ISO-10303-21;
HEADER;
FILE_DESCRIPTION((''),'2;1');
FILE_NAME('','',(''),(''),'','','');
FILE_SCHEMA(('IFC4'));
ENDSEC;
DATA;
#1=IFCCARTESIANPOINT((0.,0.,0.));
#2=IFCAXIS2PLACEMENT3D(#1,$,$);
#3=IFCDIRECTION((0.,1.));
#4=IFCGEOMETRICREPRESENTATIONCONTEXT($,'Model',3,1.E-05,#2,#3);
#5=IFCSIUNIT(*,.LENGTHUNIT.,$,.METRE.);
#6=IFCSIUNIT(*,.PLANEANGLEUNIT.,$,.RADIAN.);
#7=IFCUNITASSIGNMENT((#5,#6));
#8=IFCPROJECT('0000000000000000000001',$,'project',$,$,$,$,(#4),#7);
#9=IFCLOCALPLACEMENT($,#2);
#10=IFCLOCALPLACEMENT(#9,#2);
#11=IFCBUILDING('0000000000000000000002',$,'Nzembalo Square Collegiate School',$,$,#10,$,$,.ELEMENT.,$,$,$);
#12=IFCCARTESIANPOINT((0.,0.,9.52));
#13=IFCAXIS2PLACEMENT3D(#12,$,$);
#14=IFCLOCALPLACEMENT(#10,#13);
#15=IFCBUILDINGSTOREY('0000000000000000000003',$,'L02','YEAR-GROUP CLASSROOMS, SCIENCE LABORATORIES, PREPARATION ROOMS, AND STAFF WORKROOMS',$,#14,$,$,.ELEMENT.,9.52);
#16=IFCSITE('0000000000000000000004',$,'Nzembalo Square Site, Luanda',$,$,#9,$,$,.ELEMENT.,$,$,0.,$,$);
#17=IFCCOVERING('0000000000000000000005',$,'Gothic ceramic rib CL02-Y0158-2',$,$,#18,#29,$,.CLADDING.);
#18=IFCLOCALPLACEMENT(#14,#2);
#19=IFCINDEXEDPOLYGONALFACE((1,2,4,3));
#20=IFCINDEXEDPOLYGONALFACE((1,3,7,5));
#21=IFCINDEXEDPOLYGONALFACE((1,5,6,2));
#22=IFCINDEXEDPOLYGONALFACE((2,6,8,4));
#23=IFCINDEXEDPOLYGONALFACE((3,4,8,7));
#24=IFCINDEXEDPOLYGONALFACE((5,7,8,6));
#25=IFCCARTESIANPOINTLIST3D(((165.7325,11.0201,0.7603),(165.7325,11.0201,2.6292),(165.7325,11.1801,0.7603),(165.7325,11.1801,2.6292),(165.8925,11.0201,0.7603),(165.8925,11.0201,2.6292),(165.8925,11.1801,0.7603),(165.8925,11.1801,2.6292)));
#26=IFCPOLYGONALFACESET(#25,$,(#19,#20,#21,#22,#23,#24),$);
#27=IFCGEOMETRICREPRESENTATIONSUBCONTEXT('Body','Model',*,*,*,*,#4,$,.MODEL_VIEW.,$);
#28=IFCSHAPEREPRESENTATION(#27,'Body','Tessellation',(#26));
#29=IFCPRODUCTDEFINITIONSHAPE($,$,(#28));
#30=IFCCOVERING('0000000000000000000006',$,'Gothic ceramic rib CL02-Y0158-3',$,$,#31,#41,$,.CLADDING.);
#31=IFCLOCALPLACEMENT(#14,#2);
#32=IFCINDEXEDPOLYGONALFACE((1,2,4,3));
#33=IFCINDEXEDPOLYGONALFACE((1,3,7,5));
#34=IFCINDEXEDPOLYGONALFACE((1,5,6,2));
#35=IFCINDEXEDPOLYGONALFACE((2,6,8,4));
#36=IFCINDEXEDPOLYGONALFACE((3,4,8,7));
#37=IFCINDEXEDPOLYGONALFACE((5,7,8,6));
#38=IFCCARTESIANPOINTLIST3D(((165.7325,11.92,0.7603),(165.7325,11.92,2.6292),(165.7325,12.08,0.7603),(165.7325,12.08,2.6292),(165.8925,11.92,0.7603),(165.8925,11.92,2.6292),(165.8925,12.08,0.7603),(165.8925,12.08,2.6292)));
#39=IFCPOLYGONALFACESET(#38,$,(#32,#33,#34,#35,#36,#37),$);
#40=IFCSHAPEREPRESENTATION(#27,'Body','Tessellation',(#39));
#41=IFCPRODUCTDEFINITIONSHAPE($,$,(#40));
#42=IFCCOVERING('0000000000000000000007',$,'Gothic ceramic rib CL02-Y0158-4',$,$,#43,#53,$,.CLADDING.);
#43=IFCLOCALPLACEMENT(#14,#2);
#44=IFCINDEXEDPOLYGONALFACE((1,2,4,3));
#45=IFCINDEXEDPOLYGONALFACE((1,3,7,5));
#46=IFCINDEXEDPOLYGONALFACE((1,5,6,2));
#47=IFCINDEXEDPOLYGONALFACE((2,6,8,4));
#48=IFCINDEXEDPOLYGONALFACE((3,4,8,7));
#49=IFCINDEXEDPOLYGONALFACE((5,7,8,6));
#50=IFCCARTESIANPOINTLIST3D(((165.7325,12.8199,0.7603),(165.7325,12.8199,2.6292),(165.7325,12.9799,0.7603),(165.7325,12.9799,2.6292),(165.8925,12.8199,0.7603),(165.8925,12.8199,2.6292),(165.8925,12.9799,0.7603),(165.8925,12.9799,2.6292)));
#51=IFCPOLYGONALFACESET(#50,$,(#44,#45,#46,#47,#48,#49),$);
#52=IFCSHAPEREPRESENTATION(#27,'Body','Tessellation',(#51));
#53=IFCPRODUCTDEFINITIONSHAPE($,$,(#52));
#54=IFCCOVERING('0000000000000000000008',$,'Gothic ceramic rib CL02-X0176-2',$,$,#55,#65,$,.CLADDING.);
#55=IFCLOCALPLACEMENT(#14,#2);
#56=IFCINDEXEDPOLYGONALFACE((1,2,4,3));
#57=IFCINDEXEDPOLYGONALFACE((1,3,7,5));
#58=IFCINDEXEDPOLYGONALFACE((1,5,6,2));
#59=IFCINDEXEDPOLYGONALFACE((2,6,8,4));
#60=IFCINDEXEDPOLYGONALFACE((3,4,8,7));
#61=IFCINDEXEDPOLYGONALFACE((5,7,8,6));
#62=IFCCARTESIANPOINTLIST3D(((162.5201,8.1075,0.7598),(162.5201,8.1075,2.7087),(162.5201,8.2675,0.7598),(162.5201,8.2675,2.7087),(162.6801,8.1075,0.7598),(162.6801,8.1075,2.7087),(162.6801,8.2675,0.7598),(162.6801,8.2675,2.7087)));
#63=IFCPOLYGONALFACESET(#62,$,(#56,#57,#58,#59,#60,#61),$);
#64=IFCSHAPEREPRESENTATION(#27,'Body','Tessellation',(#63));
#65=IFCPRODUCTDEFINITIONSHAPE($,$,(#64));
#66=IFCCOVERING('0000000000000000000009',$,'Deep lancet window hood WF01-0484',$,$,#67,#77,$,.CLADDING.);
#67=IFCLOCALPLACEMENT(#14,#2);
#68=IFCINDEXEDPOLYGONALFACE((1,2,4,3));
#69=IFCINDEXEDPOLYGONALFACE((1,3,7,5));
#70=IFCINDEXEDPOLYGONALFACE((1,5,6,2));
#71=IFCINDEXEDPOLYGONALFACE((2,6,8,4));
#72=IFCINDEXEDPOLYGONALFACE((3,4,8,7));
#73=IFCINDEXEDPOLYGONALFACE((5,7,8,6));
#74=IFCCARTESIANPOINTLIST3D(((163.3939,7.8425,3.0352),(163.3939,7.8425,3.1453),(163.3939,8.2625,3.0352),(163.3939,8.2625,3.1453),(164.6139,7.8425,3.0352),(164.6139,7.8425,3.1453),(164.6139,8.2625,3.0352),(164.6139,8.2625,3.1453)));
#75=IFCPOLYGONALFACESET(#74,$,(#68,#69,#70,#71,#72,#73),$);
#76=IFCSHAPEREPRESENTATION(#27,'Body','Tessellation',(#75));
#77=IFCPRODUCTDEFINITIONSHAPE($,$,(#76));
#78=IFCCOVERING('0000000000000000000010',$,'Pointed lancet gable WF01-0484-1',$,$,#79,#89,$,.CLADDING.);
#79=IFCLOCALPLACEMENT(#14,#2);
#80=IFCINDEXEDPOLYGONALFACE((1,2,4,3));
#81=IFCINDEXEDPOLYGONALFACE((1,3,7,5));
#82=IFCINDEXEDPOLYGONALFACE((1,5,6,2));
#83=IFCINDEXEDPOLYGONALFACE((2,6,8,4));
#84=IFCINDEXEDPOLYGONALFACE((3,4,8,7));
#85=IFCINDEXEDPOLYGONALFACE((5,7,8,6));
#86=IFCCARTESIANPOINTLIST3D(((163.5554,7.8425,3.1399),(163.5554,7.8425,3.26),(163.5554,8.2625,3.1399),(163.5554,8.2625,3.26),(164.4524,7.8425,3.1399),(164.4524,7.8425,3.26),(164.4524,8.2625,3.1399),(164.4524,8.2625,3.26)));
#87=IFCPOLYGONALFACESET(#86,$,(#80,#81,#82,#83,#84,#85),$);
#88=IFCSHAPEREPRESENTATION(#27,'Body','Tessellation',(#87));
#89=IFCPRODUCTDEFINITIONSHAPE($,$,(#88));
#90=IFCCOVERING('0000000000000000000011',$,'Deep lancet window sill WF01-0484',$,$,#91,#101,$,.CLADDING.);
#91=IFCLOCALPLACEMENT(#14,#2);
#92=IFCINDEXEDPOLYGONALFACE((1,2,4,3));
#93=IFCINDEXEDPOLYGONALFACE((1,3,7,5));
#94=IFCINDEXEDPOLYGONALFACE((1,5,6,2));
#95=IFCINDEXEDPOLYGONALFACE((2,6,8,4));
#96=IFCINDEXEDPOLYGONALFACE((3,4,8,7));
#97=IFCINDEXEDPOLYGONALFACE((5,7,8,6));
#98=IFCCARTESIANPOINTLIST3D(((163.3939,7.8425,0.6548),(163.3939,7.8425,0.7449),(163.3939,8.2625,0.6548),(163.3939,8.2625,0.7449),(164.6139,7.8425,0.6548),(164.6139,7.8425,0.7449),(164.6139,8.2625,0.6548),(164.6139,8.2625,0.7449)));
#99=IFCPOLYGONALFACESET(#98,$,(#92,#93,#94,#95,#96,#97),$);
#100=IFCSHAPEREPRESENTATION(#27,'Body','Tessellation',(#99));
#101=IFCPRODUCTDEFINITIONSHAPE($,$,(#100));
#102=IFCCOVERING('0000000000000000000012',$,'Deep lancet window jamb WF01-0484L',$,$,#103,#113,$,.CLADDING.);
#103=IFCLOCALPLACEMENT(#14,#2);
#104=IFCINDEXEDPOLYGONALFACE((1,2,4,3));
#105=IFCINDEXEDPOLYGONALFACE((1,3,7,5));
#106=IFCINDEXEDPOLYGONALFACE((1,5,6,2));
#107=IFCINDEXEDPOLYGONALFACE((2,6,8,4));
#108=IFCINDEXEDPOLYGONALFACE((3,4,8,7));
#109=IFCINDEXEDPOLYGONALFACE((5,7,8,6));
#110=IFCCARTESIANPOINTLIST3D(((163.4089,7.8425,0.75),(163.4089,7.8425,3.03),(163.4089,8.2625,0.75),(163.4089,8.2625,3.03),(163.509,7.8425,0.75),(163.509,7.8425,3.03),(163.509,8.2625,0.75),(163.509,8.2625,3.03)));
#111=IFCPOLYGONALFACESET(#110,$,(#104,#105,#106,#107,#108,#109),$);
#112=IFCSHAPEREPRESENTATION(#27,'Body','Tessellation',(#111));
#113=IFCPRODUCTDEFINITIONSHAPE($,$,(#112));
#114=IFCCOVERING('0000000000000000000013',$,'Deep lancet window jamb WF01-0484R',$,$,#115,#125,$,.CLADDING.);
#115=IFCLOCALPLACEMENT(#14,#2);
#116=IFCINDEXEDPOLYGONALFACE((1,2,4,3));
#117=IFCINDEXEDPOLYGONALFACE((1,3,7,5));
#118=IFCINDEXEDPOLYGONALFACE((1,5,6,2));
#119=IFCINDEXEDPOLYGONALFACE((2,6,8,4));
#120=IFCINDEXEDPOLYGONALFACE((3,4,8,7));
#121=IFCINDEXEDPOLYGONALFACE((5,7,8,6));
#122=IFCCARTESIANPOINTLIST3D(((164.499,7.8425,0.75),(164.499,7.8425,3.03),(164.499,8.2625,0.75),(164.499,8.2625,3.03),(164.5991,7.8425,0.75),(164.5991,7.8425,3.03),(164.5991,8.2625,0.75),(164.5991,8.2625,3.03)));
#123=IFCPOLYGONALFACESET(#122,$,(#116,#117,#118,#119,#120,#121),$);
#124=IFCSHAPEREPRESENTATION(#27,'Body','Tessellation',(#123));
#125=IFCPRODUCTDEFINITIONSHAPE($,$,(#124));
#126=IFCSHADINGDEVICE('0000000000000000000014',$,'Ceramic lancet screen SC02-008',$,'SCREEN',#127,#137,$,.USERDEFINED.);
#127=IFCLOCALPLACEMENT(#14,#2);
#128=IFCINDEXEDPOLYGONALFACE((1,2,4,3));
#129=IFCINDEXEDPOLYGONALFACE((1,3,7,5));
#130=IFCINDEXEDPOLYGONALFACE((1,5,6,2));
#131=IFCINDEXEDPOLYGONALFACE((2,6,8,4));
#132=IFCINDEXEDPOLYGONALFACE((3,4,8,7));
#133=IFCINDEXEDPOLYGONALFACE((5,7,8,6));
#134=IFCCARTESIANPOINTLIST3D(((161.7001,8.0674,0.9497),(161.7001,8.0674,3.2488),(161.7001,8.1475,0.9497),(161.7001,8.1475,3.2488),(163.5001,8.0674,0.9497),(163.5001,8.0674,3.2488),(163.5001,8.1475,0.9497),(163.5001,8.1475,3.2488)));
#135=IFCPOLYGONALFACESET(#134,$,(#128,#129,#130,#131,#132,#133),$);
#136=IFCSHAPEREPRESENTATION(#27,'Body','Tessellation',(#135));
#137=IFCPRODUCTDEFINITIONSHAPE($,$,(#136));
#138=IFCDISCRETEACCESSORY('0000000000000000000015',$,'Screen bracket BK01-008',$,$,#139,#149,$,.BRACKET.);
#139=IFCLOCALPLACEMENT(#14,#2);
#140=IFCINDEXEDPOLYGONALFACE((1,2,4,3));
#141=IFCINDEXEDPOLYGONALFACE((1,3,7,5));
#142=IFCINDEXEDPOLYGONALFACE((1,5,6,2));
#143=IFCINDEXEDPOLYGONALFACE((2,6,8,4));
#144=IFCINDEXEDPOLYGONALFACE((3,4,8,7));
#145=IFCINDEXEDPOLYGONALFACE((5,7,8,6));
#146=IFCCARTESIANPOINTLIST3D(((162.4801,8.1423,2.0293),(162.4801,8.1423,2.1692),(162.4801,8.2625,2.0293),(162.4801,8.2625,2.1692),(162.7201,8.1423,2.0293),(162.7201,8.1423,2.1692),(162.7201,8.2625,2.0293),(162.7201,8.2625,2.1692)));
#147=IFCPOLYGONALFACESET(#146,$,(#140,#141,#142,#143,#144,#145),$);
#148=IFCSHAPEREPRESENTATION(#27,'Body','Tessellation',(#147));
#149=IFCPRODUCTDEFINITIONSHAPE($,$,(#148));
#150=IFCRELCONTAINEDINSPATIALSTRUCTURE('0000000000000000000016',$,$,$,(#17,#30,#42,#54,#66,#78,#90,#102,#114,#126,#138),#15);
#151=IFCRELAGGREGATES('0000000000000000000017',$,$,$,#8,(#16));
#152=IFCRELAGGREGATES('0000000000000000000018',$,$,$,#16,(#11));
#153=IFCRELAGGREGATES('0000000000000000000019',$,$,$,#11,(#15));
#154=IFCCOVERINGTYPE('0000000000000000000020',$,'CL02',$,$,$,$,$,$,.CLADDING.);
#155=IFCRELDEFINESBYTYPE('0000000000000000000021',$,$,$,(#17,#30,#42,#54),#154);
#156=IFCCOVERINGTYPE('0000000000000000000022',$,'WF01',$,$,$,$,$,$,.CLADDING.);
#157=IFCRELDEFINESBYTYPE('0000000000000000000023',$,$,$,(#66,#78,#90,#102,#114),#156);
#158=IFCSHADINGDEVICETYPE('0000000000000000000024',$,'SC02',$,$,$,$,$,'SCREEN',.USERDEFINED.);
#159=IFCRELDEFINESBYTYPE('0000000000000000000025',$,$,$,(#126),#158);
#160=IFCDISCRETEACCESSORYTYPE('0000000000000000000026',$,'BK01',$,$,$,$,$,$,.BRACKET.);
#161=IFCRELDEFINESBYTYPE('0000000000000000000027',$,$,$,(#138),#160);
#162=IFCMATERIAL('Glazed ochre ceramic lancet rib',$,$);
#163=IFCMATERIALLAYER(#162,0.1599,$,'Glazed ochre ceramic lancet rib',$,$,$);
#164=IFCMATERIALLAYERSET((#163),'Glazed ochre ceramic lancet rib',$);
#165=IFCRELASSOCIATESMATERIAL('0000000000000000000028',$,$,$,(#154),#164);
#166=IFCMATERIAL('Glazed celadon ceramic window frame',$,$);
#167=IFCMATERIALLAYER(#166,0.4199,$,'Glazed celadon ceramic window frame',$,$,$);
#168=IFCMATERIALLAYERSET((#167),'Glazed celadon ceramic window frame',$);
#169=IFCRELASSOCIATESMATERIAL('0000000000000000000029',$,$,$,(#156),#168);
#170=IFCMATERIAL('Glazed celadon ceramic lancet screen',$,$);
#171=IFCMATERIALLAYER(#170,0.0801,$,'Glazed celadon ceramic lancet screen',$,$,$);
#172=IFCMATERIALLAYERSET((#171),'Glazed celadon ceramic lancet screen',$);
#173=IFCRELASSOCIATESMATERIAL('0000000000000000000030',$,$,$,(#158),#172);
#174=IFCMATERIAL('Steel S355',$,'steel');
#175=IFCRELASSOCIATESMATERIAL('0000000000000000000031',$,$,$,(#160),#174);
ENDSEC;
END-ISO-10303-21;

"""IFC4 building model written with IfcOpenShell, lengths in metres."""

from ifc_helpers import new_model, si_unit, direction, frame, origin, origin_2d, place, context, subcontext, project, spatial, rectangle, extrude, material, layer, layer_set, type_object, element, save


model = new_model("IFC4")

# Units and contexts
model_context = context("Model", 3, precision=1e-05, world=origin(), true_north=direction((0.0, 1.0)))
body_context = subcontext(model_context, "Body", "Model", "MODEL_VIEW")
ifc_project = project(units=[si_unit("LENGTHUNIT", "METRE"), si_unit("PLANEANGLEUNIT", "RADIAN")], contexts=[model_context])

# Site, building, storey
site_placement = place(None, origin())
site = spatial("IfcSite", under=ifc_project, at=site_placement, Name="Nzembalo Square Site, Luanda", CompositionType="ELEMENT", RefElevation=0.0)
building_placement = place(site_placement, origin())
building = spatial("IfcBuilding", under=site, at=building_placement, Name="Nzembalo Square Collegiate School", CompositionType="ELEMENT")
storey_placement = place(building_placement, frame((0.0, 0.0, 9.52)))
storey = spatial("IfcBuildingStorey", under=building, at=storey_placement, Name="L02", Description="YEAR-GROUP CLASSROOMS, SCIENCE LABORATORIES, PREPARATION ROOMS, AND STAFF WORKROOMS", CompositionType="ELEMENT", Elevation=9.52)

# Coverings
ifc_material_1 = material(Name="Glazed ochre ceramic lancet rib")
ifc_layer_1 = layer(ifc_material_1, 0.1599, Name="Glazed ochre ceramic lancet rib")
ifc_layer_set_1 = layer_set([ifc_layer_1], Name="Glazed ochre ceramic lancet rib")
covering_type_1 = type_object("IfcCoveringType", Name="CL02", PredefinedType="CLADDING", material=ifc_layer_set_1)
for number, where, z_axis, x_axis, name in (
    (1, (165.8125, 11.1001, 0.7603), (0.0, 0.0, 1.0), (1.0, 0.0, 0.0), "Gothic ceramic rib CL02-Y0158-2"),
    (2, (165.8125, 12.0, 0.7603), (0.0, 0.0, 1.0), (1.0, 0.0, 0.0), "Gothic ceramic rib CL02-Y0158-3"),
    (3, (165.8125, 12.8999, 0.7603), (0.0, 0.0, 1.0), (1.0, 0.0, 0.0), "Gothic ceramic rib CL02-Y0158-4"),
):
    element("IfcCovering", number, at=place(storey_placement, frame(where, z_axis=z_axis, x_axis=x_axis)), inside=storey, type_object=covering_type_1, Name=name, PredefinedType="CLADDING", context=body_context, shape_type="SweptSolid", body=[
        extrude(rectangle(XDim=0.1599, YDim=0.1599, at=origin_2d()), origin(), (0.0, 0.0, 1.0), 1.8689),
    ])
covering_1_placement = place(storey_placement, frame((162.6001, 8.1875, 0.7598), z_axis=(0.0, 0.0, 1.0), x_axis=(1.0, 0.0, 0.0)))
element("IfcCovering", 4, at=covering_1_placement, inside=storey, type_object=covering_type_1, Name="Gothic ceramic rib CL02-X0176-2", PredefinedType="CLADDING", context=body_context, shape_type="SweptSolid", body=[
    extrude(rectangle(XDim=0.1599, YDim=0.1599, at=origin_2d()), origin(), (0.0, 0.0, 1.0), 1.949),
])
ifc_material_2 = material(Name="Glazed celadon ceramic window frame")
ifc_layer_2 = layer(ifc_material_2, 0.4199, Name="Glazed celadon ceramic window frame")
ifc_layer_set_2 = layer_set([ifc_layer_2], Name="Glazed celadon ceramic window frame")
covering_type_2 = type_object("IfcCoveringType", Name="WF01", PredefinedType="CLADDING", material=ifc_layer_set_2)
covering_2_placement = place(storey_placement, frame((164.0039, 8.0525, 3.0352), z_axis=(0.0, 0.0, 1.0), x_axis=(1.0, 0.0, 0.0)))
element("IfcCovering", 5, at=covering_2_placement, inside=storey, type_object=covering_type_2, Name="Deep lancet window hood WF01-0484", PredefinedType="CLADDING", context=body_context, shape_type="SweptSolid", body=[
    extrude(rectangle(XDim=1.22, YDim=0.4199, at=origin_2d()), origin(), (0.0, 0.0, 1.0), 0.1101),
])
covering_3_placement = place(storey_placement, frame((164.0039, 8.0525, 3.1399), z_axis=(0.0, 0.0, 1.0), x_axis=(1.0, 0.0, 0.0)))
element("IfcCovering", 6, at=covering_3_placement, inside=storey, type_object=covering_type_2, Name="Pointed lancet gable WF01-0484-1", PredefinedType="CLADDING", context=body_context, shape_type="SweptSolid", body=[
    extrude(rectangle(XDim=0.897, YDim=0.4199, at=origin_2d()), origin(), (0.0, 0.0, 1.0), 0.1201),
])
covering_4_placement = place(storey_placement, frame((164.0039, 8.0525, 0.6548), z_axis=(0.0, 0.0, 1.0), x_axis=(1.0, 0.0, 0.0)))
element("IfcCovering", 7, at=covering_4_placement, inside=storey, type_object=covering_type_2, Name="Deep lancet window sill WF01-0484", PredefinedType="CLADDING", context=body_context, shape_type="SweptSolid", body=[
    extrude(rectangle(XDim=1.22, YDim=0.4199, at=origin_2d()), origin(), (0.0, 0.0, 1.0), 0.0901),
])
for number, where, z_axis, x_axis, name in (
    (8, (163.459, 8.0525, 0.75), (0.0, 0.0, 1.0), (1.0, 0.0, 0.0), "Deep lancet window jamb WF01-0484L"),
    (9, (164.5491, 8.0525, 0.75), (0.0, 0.0, 1.0), (1.0, 0.0, 0.0), "Deep lancet window jamb WF01-0484R"),
):
    element("IfcCovering", number, at=place(storey_placement, frame(where, z_axis=z_axis, x_axis=x_axis)), inside=storey, type_object=covering_type_2, Name=name, PredefinedType="CLADDING", context=body_context, shape_type="SweptSolid", body=[
        extrude(rectangle(XDim=0.1001, YDim=0.4199, at=origin_2d()), origin(), (0.0, 0.0, 1.0), 2.28),
    ])

# Shading device
ifc_material_3 = material(Name="Glazed celadon ceramic lancet screen")
ifc_layer_3 = layer(ifc_material_3, 0.0801, Name="Glazed celadon ceramic lancet screen")
ifc_layer_set_3 = layer_set([ifc_layer_3], Name="Glazed celadon ceramic lancet screen")
shading_device_type = type_object("IfcShadingDeviceType", Name="SC02", ElementType="SCREEN", PredefinedType="USERDEFINED", material=ifc_layer_set_3)
shading_device_placement = place(storey_placement, frame((162.6001, 8.1074, 0.9497), z_axis=(0.0, 0.0, 1.0), x_axis=(1.0, 0.0, 0.0)))
element("IfcShadingDevice", 10, at=shading_device_placement, inside=storey, type_object=shading_device_type, Name="Ceramic lancet screen SC02-008", ObjectType="SCREEN", PredefinedType="USERDEFINED", context=body_context, shape_type="SweptSolid", body=[
    extrude(rectangle(XDim=1.8, YDim=0.0801, at=origin_2d()), origin(), (0.0, 0.0, 1.0), 2.2991),
])

# Discrete accessory
ifc_material_4 = material(Name="Steel S355", Category="steel")
discrete_accessory_type = type_object("IfcDiscreteAccessoryType", Name="BK01", PredefinedType="BRACKET", material=ifc_material_4)
discrete_accessory_placement = place(storey_placement, frame((162.6001, 8.2024, 2.0293), z_axis=(0.0, 0.0, 1.0), x_axis=(1.0, 0.0, 0.0)))
element("IfcDiscreteAccessory", 11, at=discrete_accessory_placement, inside=storey, type_object=discrete_accessory_type, Name="Screen bracket BK01-008", PredefinedType="BRACKET", context=body_context, shape_type="SweptSolid", body=[
    extrude(rectangle(XDim=0.24, YDim=0.1201, at=origin_2d()), origin(), (0.0, 0.0, 1.0), 0.1399),
])

save(model, "model.ifc")
